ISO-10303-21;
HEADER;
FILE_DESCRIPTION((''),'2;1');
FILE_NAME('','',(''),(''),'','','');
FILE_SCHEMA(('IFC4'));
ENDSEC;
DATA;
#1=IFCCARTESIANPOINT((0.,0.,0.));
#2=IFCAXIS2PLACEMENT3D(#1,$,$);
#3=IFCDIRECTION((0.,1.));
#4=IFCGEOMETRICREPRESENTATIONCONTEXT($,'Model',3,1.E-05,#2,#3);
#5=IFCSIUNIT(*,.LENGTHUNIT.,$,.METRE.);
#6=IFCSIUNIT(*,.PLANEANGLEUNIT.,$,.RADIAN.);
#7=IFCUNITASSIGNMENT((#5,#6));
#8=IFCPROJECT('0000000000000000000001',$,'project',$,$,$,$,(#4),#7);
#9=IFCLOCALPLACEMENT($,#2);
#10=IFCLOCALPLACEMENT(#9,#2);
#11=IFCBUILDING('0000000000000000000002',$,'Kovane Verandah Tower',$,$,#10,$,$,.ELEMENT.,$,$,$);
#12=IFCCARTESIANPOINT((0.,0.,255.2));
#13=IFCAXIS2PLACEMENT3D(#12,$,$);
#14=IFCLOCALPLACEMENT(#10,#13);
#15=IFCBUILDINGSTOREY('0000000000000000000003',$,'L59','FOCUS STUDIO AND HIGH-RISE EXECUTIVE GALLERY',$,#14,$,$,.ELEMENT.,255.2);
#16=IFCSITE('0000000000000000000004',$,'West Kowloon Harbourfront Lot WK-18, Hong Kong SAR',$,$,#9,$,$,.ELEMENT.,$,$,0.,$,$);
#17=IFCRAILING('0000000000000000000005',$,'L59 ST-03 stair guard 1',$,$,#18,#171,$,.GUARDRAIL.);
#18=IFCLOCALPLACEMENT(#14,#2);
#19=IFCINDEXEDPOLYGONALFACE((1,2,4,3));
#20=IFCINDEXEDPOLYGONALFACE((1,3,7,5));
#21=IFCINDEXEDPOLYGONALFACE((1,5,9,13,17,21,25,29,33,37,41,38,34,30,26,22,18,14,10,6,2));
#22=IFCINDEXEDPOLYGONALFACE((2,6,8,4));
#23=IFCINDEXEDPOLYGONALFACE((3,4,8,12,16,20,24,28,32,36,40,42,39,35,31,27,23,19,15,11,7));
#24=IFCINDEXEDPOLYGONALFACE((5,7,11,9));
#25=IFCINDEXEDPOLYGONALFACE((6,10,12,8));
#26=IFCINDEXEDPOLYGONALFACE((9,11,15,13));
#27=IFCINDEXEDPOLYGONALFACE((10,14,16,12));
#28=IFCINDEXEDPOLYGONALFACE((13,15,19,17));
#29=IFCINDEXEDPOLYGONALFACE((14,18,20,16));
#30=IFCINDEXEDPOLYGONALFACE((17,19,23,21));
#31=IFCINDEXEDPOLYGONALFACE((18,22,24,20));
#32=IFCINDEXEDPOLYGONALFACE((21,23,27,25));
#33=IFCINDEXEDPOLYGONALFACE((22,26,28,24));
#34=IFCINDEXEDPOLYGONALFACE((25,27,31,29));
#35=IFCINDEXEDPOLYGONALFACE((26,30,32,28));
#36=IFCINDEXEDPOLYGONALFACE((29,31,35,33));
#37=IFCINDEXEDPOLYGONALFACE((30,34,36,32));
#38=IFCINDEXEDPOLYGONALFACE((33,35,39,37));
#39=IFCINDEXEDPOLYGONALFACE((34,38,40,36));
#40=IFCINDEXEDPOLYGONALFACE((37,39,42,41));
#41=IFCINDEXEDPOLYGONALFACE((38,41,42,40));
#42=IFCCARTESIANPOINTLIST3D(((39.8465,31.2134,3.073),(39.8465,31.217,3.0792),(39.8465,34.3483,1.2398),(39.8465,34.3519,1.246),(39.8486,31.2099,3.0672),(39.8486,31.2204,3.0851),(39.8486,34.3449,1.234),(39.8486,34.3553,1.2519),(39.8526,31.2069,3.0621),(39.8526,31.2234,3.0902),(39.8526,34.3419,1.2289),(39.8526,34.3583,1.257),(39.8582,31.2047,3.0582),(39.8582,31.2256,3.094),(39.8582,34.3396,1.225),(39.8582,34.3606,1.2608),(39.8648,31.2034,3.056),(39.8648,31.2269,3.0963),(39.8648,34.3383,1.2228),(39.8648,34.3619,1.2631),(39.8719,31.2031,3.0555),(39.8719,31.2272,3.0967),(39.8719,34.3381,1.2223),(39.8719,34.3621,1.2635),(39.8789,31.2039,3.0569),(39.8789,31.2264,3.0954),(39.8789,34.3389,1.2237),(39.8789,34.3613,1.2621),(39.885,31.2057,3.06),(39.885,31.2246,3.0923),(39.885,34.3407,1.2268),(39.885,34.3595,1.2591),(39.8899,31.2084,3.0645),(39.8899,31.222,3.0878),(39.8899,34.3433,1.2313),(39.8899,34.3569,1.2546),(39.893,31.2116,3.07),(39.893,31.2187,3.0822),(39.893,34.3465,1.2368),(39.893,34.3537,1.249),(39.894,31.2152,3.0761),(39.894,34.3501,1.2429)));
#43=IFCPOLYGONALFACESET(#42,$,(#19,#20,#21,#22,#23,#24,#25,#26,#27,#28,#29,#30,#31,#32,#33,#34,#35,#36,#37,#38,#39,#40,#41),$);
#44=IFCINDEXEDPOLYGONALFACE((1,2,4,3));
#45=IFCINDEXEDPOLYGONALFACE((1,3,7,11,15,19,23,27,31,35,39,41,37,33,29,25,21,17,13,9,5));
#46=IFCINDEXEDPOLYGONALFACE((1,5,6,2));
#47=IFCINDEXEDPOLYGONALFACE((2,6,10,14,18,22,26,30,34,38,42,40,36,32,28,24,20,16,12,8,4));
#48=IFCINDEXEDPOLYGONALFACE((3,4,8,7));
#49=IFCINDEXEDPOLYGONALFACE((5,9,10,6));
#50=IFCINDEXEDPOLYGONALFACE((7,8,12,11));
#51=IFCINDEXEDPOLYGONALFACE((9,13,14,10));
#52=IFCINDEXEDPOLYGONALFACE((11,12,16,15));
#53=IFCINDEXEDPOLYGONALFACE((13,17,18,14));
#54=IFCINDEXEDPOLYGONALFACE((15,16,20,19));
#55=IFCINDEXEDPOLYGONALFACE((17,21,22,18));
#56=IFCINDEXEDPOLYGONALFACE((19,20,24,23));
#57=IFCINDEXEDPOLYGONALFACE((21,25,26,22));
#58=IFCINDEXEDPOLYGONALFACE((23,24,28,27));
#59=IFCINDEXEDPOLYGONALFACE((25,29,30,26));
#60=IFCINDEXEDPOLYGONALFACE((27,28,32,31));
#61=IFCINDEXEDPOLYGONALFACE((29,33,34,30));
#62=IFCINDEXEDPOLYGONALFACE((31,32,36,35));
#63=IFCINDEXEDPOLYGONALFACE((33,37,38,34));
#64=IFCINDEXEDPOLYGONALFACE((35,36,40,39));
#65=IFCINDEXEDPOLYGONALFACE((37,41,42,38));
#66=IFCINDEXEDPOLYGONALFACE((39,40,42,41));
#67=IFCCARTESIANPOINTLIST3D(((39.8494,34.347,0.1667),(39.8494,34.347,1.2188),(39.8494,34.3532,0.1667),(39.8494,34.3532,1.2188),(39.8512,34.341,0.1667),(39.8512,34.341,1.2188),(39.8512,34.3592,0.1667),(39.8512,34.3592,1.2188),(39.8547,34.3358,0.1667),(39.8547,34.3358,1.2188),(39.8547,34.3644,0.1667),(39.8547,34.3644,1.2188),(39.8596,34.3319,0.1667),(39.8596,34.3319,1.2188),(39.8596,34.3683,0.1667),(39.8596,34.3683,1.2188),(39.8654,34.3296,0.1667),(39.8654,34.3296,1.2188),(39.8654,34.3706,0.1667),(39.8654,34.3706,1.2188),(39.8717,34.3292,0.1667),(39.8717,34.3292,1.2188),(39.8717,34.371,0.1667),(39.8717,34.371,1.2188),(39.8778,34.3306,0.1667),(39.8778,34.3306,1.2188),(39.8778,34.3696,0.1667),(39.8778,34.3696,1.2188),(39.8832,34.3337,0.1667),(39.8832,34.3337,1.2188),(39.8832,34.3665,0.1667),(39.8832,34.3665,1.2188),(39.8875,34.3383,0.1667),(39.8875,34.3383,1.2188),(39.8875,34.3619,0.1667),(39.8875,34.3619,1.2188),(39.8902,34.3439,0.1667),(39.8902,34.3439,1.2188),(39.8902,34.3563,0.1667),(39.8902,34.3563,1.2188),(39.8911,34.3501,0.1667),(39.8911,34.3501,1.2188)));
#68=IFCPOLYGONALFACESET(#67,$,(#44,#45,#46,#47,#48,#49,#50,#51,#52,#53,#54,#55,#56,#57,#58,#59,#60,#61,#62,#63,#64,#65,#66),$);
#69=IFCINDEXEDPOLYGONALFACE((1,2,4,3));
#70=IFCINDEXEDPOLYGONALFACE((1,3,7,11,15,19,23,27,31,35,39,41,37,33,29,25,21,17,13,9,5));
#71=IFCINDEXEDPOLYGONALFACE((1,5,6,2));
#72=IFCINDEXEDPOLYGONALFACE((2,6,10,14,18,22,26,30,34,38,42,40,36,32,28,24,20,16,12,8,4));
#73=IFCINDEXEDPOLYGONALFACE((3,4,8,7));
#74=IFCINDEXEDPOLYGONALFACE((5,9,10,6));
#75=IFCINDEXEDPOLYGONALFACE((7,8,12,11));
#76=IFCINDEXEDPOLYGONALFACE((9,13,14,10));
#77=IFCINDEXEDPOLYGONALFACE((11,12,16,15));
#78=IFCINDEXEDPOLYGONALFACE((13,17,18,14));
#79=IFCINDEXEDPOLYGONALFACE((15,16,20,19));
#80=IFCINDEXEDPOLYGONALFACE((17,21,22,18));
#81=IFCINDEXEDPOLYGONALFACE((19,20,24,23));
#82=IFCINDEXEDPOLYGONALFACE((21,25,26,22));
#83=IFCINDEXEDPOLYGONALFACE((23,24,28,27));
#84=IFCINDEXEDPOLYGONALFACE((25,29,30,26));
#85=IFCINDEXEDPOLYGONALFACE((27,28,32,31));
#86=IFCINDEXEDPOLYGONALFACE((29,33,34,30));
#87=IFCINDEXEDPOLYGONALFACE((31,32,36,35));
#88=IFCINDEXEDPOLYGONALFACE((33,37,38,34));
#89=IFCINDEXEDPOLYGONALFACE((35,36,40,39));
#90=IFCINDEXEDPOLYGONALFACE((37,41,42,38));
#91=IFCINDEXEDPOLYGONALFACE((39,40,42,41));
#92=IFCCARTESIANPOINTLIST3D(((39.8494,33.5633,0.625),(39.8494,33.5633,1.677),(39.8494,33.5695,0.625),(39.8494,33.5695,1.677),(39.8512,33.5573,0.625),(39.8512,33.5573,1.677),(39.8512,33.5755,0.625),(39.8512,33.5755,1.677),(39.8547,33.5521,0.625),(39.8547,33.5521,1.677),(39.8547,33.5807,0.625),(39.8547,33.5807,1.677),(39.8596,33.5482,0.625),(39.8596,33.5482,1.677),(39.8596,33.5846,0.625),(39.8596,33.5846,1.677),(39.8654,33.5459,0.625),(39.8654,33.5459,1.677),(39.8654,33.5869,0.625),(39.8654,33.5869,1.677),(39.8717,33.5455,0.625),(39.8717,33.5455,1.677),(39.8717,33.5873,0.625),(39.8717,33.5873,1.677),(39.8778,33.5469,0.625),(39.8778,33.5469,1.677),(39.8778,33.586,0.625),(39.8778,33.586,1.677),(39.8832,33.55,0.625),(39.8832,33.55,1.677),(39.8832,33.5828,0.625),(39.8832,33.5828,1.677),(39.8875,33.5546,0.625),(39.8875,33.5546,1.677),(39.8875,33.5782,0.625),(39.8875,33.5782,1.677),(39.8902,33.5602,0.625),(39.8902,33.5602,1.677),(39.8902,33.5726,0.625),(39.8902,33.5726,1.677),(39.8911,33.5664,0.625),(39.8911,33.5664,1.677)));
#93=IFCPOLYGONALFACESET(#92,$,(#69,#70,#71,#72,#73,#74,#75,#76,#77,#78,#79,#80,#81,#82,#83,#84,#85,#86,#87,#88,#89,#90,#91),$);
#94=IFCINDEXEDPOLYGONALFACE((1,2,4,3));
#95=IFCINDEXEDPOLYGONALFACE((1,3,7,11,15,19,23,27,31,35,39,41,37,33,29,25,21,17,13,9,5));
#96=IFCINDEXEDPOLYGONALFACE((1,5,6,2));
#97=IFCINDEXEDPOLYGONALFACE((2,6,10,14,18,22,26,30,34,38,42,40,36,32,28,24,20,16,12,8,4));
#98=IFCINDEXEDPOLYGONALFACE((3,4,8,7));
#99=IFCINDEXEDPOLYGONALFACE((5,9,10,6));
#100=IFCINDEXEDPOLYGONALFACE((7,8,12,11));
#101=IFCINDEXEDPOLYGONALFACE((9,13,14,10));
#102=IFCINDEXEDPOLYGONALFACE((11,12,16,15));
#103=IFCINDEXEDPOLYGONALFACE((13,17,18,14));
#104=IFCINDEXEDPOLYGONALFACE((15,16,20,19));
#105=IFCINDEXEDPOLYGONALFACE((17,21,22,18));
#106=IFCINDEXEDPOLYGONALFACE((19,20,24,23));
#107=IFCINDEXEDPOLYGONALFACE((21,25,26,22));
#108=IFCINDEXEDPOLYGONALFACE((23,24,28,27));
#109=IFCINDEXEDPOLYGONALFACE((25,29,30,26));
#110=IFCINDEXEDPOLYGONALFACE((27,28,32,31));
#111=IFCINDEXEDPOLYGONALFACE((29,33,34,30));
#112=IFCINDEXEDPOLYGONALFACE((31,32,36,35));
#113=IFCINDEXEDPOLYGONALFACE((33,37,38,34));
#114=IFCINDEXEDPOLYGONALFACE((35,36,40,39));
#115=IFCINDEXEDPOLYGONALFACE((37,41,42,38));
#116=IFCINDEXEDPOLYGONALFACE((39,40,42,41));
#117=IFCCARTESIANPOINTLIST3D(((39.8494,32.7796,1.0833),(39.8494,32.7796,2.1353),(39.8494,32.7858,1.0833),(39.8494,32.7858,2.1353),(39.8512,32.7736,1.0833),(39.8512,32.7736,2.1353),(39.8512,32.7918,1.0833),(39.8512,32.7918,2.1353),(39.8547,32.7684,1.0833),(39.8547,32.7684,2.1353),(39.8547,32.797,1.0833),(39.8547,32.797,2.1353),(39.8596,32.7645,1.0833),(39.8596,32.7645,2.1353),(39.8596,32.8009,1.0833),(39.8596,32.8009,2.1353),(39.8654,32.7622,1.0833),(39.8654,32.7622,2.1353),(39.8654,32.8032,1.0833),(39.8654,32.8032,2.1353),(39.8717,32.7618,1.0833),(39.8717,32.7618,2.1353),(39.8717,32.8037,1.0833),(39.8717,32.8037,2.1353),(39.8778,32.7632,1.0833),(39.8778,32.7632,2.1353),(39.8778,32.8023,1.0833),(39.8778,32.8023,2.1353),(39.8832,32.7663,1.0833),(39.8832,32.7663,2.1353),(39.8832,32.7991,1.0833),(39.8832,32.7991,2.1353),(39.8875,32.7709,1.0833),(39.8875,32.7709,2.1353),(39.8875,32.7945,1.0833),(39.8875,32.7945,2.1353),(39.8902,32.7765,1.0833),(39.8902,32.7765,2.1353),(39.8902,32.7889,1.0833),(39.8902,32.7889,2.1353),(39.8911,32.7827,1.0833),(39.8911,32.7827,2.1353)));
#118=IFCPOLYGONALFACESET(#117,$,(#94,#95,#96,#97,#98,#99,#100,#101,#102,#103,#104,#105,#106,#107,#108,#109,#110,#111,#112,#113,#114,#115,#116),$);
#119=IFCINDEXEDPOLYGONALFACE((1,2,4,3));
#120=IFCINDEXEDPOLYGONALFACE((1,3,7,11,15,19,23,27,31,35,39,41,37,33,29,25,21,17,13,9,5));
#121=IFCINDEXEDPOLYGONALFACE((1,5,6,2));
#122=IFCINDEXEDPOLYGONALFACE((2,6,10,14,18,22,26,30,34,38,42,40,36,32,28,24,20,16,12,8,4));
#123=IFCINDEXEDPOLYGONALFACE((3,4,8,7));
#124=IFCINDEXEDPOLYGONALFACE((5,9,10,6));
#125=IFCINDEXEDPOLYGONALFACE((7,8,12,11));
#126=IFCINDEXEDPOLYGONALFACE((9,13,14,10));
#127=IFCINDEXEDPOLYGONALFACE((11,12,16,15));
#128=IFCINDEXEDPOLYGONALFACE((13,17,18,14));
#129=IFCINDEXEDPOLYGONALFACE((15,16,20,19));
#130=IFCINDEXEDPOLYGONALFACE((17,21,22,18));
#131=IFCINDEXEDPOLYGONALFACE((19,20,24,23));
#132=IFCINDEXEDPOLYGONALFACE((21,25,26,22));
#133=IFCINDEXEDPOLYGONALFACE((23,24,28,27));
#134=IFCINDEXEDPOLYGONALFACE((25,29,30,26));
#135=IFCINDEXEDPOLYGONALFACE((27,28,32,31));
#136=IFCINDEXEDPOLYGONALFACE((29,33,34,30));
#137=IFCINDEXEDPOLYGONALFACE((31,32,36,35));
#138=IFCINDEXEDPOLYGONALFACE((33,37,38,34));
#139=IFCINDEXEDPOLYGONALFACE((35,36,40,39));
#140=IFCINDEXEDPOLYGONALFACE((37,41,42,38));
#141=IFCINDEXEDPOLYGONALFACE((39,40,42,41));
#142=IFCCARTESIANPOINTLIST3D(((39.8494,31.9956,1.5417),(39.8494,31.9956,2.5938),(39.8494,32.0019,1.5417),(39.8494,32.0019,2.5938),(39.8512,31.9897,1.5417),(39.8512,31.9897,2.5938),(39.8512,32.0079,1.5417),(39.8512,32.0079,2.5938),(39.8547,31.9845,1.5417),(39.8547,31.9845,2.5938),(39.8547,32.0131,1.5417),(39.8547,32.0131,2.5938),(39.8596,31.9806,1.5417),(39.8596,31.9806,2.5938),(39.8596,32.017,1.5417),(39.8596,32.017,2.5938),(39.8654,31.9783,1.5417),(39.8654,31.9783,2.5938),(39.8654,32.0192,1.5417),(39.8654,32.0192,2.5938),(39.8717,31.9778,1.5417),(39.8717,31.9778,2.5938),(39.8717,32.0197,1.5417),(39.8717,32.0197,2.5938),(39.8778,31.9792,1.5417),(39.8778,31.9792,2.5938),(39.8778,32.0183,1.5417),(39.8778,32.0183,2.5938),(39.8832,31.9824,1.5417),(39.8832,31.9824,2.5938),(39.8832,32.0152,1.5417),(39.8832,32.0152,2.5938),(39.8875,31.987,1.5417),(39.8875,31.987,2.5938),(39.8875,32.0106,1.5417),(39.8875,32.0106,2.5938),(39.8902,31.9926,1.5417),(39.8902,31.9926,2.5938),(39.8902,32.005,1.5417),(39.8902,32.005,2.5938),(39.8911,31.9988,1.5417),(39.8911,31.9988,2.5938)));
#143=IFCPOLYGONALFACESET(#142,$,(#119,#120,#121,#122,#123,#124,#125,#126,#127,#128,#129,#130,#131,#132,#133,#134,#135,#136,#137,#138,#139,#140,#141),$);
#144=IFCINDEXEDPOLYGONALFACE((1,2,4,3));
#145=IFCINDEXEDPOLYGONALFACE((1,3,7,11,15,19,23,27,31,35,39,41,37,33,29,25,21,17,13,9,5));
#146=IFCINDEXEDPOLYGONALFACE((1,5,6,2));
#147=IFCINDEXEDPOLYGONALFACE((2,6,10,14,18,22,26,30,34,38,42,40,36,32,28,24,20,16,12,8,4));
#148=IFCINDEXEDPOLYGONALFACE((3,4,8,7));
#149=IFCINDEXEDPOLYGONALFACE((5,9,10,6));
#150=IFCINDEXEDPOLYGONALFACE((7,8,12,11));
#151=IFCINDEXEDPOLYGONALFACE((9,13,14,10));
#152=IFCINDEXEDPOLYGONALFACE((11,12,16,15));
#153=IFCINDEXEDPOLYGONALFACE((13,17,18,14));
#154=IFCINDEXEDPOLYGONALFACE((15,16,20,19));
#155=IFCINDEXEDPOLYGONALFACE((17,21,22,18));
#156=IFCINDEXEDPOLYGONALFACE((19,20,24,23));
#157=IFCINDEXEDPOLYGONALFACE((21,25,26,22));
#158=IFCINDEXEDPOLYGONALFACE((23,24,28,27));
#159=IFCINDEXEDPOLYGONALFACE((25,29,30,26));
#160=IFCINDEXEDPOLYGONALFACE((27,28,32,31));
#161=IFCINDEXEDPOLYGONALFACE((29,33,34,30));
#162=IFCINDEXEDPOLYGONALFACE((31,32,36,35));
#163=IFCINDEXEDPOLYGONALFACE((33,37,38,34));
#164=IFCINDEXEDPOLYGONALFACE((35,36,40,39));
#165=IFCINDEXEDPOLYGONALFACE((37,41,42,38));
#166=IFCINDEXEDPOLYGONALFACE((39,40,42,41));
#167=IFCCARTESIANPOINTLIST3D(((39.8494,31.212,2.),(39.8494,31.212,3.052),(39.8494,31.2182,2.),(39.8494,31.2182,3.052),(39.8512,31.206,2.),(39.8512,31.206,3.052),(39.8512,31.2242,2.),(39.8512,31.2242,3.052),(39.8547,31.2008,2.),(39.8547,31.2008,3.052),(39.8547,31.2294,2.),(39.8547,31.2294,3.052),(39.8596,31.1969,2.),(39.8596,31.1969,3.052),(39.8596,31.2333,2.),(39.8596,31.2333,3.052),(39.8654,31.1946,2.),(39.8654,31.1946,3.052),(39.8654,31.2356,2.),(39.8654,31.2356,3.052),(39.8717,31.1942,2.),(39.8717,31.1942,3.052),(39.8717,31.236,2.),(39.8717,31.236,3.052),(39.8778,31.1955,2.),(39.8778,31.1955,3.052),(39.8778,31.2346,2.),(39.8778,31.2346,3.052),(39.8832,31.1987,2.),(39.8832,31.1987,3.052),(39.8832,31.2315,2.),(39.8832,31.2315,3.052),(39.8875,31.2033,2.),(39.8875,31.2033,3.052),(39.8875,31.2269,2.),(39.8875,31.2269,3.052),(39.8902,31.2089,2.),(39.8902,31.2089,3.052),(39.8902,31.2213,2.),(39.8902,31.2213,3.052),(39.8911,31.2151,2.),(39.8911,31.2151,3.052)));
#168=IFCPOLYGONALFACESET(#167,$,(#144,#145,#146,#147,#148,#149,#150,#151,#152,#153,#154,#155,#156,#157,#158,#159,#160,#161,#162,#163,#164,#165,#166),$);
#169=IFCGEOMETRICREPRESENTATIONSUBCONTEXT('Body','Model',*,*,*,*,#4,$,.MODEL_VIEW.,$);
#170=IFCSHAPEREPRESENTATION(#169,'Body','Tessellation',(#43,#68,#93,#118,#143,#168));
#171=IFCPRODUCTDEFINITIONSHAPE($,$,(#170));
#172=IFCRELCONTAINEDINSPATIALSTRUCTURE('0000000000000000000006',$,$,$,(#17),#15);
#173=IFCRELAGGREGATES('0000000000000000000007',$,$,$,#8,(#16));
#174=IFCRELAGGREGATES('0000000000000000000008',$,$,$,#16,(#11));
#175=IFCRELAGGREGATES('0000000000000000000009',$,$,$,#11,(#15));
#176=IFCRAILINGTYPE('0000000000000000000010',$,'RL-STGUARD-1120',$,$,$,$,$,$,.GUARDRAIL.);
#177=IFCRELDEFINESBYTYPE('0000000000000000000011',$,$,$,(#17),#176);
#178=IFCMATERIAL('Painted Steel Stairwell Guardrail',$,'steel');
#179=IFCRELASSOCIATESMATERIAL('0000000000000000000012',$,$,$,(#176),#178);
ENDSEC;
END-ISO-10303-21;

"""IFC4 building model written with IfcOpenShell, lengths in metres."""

from ifc_helpers import new_model, si_unit, direction, frame, origin, origin_2d, place, context, subcontext, project, spatial, circle, extrude, material, type_object, element, save


model = new_model("IFC4")

# Units and contexts
model_context = context("Model", 3, precision=1e-05, world=origin(), true_north=direction((0.0, 1.0)))
body_context = subcontext(model_context, "Body", "Model", "MODEL_VIEW")
ifc_project = project(units=[si_unit("LENGTHUNIT", "METRE"), si_unit("PLANEANGLEUNIT", "RADIAN")], contexts=[model_context])

# Site, building, storey
site_placement = place(None, origin())
site = spatial("IfcSite", under=ifc_project, at=site_placement, Name="West Kowloon Harbourfront Lot WK-18, Hong Kong SAR", CompositionType="ELEMENT", RefElevation=0.0)
building_placement = place(site_placement, origin())
building = spatial("IfcBuilding", under=site, at=building_placement, Name="Kovane Verandah Tower", CompositionType="ELEMENT")
storey_placement = place(building_placement, frame((0.0, 0.0, 255.2)))
storey = spatial("IfcBuildingStorey", under=building, at=storey_placement, Name="L59", Description="FOCUS STUDIO AND HIGH-RISE EXECUTIVE GALLERY", CompositionType="ELEMENT", Elevation=255.2)

# Railing
ifc_material_1 = material(Name="Painted Steel Stairwell Guardrail", Category="steel")
railing_type_1 = type_object("IfcRailingType", Name="RL-STGUARD-1120", PredefinedType="GUARDRAIL", material=ifc_material_1)
railing_1_placement = place(storey_placement, frame((39.8701, 34.3501, 0.1667)))
element("IfcRailing", 1, at=railing_1_placement, inside=storey, type_object=railing_type_1, Name="L59 ST-03 stair guard 1", PredefinedType="GUARDRAIL", context=body_context, shape_type="SweptSolid", body=[
    extrude(circle(Radius=0.0239, at=origin_2d()), frame((0.0, 0.0, 1.0762), z_axis=(0.0, -0.86324, 0.504794), x_axis=(1.0, 0.0, 0.0)), (0.0, 0.0, 1.0), 3.6316),
    extrude(circle(Radius=0.021, at=origin_2d()), origin(), (0.0, 0.0, 1.0), 1.052),
    extrude(circle(Radius=0.021, at=origin_2d()), frame((0.0, -0.7837, 0.4583)), (0.0, 0.0, 1.0), 1.052),
    extrude(circle(Radius=0.021, at=origin_2d()), frame((0.0, -1.5674, 0.9165)), (0.0, 0.0, 1.0), 1.052),
    extrude(circle(Radius=0.021, at=origin_2d()), frame((0.0, -2.3513, 1.375)), (0.0, 0.0, 1.0), 1.052),
    extrude(circle(Radius=0.021, at=origin_2d()), frame((0.0, -3.135, 1.8333)), (0.0, 0.0, 1.0), 1.052),
])

save(model, "model.ifc")
